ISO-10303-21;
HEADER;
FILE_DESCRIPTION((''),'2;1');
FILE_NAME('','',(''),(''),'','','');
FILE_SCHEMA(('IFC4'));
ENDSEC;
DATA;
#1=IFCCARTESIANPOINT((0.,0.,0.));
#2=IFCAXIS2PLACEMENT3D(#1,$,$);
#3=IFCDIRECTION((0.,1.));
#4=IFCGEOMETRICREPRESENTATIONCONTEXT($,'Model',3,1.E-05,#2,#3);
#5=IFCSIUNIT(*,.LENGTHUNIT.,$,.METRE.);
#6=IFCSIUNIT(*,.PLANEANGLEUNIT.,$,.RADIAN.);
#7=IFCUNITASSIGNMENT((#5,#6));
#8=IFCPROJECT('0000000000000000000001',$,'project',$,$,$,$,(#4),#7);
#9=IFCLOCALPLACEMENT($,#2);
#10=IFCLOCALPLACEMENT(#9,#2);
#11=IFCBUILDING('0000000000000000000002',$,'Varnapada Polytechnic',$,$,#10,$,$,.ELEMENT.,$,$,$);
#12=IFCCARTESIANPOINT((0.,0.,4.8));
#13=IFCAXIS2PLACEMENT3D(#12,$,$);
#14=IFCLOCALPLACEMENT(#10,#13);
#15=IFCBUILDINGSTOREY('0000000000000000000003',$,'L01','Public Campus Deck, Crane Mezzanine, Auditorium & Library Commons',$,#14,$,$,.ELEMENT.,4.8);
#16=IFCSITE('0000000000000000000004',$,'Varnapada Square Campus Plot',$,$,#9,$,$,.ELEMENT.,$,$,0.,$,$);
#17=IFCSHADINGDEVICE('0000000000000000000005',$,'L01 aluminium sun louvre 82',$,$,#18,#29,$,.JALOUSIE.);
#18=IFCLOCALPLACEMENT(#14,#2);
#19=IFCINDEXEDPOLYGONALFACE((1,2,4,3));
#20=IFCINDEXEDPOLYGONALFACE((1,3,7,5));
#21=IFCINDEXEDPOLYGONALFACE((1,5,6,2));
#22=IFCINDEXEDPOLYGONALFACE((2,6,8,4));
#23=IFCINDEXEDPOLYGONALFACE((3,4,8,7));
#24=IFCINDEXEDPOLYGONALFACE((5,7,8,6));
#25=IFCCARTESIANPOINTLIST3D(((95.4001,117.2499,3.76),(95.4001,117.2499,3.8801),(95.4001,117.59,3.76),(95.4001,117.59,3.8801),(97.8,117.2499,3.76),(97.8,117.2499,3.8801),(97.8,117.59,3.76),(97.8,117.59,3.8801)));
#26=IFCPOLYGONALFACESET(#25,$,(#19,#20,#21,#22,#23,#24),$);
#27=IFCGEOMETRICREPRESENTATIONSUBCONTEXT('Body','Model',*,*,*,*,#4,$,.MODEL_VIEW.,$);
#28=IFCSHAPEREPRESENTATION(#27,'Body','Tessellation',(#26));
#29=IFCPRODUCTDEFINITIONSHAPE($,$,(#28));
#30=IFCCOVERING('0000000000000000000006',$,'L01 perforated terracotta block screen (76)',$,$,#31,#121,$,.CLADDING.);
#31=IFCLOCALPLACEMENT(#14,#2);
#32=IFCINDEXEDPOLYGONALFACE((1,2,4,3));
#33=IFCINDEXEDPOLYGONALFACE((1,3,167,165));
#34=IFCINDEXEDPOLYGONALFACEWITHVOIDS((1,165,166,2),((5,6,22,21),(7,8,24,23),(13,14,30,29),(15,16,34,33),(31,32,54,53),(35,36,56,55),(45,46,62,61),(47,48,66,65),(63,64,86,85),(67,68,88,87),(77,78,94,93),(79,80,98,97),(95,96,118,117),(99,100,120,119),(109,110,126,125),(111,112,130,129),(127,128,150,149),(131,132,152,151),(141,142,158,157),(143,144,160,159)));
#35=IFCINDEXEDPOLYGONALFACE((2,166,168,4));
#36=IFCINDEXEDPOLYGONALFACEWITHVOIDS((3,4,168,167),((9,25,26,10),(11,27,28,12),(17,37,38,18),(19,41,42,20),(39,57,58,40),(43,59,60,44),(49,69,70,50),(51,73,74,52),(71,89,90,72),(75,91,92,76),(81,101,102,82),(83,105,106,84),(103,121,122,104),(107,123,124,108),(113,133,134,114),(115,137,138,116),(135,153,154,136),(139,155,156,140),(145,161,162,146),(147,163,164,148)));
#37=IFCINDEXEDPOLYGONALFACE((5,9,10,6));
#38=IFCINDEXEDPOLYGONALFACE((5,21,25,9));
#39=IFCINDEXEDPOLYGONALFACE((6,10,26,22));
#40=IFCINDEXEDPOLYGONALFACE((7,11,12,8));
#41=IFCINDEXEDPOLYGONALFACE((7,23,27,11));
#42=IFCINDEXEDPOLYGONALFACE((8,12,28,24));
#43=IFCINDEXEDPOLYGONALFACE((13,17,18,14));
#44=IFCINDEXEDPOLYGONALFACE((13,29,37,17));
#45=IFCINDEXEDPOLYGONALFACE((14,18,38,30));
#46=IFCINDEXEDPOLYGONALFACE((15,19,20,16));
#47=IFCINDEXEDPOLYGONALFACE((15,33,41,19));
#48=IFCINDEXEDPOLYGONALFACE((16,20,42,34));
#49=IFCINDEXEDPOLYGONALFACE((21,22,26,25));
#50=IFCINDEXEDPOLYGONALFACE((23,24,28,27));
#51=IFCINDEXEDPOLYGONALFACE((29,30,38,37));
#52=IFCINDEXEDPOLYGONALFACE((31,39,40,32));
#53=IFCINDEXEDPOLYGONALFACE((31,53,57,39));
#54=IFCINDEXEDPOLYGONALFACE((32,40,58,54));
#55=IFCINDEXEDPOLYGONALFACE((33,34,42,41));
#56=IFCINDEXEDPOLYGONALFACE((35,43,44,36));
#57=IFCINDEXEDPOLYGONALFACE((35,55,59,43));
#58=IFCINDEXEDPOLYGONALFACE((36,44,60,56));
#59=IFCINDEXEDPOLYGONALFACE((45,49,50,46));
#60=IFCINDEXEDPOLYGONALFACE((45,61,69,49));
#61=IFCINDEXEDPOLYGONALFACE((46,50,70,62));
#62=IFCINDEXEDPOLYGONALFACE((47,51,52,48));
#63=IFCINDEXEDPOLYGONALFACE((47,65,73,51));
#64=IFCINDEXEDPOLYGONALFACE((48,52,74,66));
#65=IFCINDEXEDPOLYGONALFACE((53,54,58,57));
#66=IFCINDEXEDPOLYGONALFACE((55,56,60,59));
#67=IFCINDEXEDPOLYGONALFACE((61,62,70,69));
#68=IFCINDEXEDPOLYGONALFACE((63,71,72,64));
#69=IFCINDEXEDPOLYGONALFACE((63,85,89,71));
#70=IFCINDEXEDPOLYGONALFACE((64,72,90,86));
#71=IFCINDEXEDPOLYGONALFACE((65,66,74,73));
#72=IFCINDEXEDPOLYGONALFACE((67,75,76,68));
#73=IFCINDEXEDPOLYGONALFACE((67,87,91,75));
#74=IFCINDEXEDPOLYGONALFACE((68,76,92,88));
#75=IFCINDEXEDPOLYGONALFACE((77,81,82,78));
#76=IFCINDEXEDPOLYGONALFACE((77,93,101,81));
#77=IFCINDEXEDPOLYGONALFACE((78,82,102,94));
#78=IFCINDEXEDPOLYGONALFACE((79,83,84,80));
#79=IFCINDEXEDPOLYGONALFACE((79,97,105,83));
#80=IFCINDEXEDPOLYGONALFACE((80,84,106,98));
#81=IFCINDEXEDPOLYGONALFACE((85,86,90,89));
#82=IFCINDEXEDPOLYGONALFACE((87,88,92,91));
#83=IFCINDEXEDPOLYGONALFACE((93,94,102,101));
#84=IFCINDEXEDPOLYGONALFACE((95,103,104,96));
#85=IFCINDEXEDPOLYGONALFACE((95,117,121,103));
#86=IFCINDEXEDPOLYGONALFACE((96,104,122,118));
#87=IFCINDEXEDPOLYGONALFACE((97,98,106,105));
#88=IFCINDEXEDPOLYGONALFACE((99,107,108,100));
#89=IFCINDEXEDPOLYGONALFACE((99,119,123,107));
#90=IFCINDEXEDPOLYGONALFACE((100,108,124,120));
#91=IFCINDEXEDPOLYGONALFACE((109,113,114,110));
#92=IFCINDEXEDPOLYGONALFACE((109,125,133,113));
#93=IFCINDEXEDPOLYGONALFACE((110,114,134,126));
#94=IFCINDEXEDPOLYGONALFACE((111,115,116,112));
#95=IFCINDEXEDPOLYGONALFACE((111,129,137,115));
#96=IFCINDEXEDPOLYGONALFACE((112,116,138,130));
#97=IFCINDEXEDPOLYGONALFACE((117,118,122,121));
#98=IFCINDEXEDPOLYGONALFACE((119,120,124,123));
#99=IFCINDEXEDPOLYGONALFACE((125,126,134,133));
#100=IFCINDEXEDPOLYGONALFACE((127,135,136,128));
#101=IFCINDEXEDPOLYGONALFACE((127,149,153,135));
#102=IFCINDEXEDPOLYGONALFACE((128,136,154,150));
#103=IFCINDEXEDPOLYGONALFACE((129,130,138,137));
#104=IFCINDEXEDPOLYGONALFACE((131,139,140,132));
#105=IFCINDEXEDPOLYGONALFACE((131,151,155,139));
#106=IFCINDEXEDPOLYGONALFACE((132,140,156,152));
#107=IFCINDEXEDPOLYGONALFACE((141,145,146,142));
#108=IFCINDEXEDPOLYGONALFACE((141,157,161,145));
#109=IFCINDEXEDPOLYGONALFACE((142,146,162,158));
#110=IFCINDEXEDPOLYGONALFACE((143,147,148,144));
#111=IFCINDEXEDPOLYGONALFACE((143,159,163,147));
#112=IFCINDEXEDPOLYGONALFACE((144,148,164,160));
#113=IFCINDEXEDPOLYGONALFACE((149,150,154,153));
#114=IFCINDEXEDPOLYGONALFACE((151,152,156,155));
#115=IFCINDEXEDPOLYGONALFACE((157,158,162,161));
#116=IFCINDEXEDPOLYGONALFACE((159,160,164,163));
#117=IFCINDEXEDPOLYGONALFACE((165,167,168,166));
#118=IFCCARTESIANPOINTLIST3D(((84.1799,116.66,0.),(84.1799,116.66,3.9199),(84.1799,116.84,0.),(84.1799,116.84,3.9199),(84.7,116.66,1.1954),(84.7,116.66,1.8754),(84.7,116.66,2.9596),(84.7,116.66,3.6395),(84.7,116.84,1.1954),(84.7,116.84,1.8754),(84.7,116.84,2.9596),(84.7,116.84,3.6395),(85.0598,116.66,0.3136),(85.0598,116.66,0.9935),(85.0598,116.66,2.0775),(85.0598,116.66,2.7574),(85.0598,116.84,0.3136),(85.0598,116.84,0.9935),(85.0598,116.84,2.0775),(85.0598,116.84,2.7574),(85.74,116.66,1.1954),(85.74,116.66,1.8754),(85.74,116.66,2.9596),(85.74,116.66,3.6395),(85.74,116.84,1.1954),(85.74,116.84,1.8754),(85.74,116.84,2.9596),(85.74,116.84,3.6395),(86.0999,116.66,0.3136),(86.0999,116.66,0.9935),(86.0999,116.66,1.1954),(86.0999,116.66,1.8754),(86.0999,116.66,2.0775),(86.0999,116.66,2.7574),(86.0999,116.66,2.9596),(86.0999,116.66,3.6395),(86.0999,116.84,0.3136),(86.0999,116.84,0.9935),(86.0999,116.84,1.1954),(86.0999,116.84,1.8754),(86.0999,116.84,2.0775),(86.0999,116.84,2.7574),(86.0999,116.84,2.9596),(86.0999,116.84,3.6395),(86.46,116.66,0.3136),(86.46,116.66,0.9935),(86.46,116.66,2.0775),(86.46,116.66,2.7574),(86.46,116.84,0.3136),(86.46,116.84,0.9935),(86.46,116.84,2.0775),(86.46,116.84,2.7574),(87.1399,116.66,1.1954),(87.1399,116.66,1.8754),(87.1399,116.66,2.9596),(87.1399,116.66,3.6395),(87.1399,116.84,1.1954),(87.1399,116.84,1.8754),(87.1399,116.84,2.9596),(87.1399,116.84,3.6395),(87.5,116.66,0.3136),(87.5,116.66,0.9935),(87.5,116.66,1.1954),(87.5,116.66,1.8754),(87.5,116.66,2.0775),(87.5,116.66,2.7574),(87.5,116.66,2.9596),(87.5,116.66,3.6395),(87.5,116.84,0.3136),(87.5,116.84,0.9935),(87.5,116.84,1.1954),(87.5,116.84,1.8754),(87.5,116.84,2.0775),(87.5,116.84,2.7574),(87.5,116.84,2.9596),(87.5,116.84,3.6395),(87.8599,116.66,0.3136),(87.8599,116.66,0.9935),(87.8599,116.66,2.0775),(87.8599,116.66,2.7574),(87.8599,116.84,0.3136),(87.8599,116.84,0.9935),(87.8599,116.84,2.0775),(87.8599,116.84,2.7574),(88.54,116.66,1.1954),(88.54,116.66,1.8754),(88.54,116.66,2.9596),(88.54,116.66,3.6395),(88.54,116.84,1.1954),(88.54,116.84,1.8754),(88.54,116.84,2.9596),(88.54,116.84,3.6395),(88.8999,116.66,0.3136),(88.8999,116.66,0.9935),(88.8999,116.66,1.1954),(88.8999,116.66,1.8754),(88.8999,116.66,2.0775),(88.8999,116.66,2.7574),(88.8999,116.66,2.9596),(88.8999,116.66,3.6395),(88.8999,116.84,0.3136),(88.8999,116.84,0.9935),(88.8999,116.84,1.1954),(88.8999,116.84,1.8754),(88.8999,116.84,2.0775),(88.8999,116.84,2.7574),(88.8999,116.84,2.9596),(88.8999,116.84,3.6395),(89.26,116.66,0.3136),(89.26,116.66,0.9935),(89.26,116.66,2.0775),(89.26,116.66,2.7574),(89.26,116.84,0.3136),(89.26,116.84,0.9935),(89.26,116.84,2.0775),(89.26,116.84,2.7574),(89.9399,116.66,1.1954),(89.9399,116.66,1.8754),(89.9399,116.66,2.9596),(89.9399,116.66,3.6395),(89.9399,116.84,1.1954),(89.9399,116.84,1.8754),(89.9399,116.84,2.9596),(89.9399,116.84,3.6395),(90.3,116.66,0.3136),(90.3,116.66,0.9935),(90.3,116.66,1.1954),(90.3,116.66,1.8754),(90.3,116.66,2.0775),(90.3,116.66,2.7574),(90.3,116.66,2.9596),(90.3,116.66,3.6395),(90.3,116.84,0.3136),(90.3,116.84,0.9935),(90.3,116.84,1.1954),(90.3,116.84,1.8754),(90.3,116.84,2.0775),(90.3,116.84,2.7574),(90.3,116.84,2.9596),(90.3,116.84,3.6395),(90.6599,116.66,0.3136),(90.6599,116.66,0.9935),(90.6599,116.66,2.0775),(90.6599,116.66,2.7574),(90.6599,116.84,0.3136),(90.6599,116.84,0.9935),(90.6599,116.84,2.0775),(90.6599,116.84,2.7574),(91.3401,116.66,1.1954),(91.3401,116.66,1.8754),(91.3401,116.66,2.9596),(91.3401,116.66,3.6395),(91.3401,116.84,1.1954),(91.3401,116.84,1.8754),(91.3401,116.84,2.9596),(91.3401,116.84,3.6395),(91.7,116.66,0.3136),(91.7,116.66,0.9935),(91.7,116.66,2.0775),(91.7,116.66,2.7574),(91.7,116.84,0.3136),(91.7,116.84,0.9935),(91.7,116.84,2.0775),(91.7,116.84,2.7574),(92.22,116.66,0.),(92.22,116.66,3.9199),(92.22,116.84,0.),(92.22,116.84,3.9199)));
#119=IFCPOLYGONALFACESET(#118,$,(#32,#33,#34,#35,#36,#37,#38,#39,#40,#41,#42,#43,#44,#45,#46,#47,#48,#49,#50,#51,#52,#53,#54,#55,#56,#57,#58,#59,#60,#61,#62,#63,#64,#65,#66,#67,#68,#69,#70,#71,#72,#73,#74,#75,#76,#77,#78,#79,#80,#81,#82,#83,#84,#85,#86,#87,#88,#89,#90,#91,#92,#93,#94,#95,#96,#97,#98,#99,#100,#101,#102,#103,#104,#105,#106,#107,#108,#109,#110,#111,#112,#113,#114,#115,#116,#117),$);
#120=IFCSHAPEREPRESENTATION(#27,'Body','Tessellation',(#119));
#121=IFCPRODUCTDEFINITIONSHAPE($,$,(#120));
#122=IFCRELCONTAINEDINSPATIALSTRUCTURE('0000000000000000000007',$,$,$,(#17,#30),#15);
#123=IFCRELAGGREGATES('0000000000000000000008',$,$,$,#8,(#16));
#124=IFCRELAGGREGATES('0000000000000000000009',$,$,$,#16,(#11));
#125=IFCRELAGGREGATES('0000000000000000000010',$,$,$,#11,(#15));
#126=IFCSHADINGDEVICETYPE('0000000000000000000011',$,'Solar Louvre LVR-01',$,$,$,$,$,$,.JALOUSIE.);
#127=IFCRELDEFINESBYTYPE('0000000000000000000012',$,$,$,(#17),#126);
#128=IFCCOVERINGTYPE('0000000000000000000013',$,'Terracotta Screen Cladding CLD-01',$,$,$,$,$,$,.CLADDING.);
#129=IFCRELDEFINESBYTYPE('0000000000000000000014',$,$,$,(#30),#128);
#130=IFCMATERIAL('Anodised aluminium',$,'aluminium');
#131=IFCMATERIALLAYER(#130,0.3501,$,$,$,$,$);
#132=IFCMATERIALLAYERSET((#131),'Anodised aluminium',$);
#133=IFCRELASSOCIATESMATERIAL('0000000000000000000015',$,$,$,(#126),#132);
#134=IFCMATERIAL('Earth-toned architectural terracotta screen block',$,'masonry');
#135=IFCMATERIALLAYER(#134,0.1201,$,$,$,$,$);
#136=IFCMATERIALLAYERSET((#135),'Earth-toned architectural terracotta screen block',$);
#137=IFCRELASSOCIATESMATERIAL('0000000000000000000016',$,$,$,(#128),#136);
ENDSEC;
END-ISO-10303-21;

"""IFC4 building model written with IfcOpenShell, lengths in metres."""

from ifc_helpers import new_model, si_unit, direction, frame, frame_2d, origin, origin_2d, place, context, subcontext, project, spatial, rectangle, extrude, material, layer, layer_set, type_object, element, save


model = new_model("IFC4")

# Units and contexts
model_context = context("Model", 3, precision=1e-05, world=origin(), true_north=direction((0.0, 1.0)))
body_context = subcontext(model_context, "Body", "Model", "MODEL_VIEW")
ifc_project = project(units=[si_unit("LENGTHUNIT", "METRE"), si_unit("PLANEANGLEUNIT", "RADIAN")], contexts=[model_context])

# Site, building, storey
site_placement = place(None, origin())
site = spatial("IfcSite", under=ifc_project, at=site_placement, Name="Varnapada Square Campus Plot", CompositionType="ELEMENT", RefElevation=0.0)
building_placement = place(site_placement, origin())
building = spatial("IfcBuilding", under=site, at=building_placement, Name="Varnapada Polytechnic", CompositionType="ELEMENT")
storey_placement = place(building_placement, frame((0.0, 0.0, 4.8)))
storey = spatial("IfcBuildingStorey", under=building, at=storey_placement, Name="L01", Description="Public Campus Deck, Crane Mezzanine, Auditorium & Library Commons", CompositionType="ELEMENT", Elevation=4.8)

# Shading device
ifc_material_1 = material(Name="Anodised aluminium", Category="aluminium")
ifc_layer_1 = layer(ifc_material_1, 0.3501)
ifc_layer_set_1 = layer_set([ifc_layer_1], Name="Anodised aluminium")
shading_device_type_1 = type_object("IfcShadingDeviceType", Name="Solar Louvre LVR-01", PredefinedType="JALOUSIE", material=ifc_layer_set_1)
shading_device_1_placement = place(storey_placement, frame((96.6001, 117.4199, 3.76), z_axis=(0.0, 0.0, 1.0), x_axis=(-1.0, 0.0, 0.0)))
element("IfcShadingDevice", 1, at=shading_device_1_placement, inside=storey, type_object=shading_device_type_1, Name="L01 aluminium sun louvre 82", PredefinedType="JALOUSIE", context=body_context, shape_type="SweptSolid", body=[
    extrude(rectangle(XDim=2.3999, YDim=0.3401, at=origin_2d()), origin(), (0.0, 0.0, 1.0), 0.1201),
])

# Covering, openings
ifc_material_2 = material(Name="Earth-toned architectural terracotta screen block", Category="masonry")
ifc_layer_2 = layer(ifc_material_2, 0.1201)
ifc_layer_set_2 = layer_set([ifc_layer_2], Name="Earth-toned architectural terracotta screen block")
covering_type = type_object("IfcCoveringType", Name="Terracotta Screen Cladding CLD-01", PredefinedType="CLADDING", material=ifc_layer_set_2)
covering_placement = place(storey_placement, frame((92.22, 116.75, 0.0), z_axis=(0.0, 0.0, 1.0), x_axis=(-1.0, 0.0, 0.0)))
covering = element("IfcCovering", 2, at=covering_placement, inside=storey, type_object=covering_type, Name="L01 perforated terracotta block screen (76)", PredefinedType="CLADDING", context=body_context, shape_type="SweptSolid", body=[
    extrude(rectangle(XDim=8.04, YDim=0.1799, at=frame_2d((4.02, 0.0))), origin(), (0.0, 0.0, 1.0), 3.9199),
])
opening_1_placement = place(covering_placement, frame((0.52, 0.0, 0.3137)))
element("IfcOpeningElement", 3, at=opening_1_placement, cuts=covering, PredefinedType="OPENING", context=body_context, shape_type="SweptSolid", body=[
    extrude(rectangle(XDim=1.04, YDim=0.6799, at=frame_2d((0.52, 0.3398))), frame((0.0, 0.0999, 0.0), z_axis=(0.0, -1.0, 0.0), x_axis=(1.0, 0.0, 0.0)), (0.0, 0.0, 1.0), 0.2),
])
opening_2_placement = place(covering_placement, frame((1.9199, 0.0, 0.3137)))
element("IfcOpeningElement", 4, at=opening_2_placement, cuts=covering, PredefinedType="OPENING", context=body_context, shape_type="SweptSolid", body=[
    extrude(rectangle(XDim=1.04, YDim=0.6799, at=frame_2d((0.52, 0.3398))), frame((0.0, 0.0999, 0.0), z_axis=(0.0, -1.0, 0.0), x_axis=(1.0, 0.0, 0.0)), (0.0, 0.0, 1.0), 0.2),
])
opening_3_placement = place(covering_placement, frame((3.3201, 0.0, 0.3137)))
element("IfcOpeningElement", 5, at=opening_3_placement, cuts=covering, PredefinedType="OPENING", context=body_context, shape_type="SweptSolid", body=[
    extrude(rectangle(XDim=1.04, YDim=0.6799, at=frame_2d((0.52, 0.3398))), frame((0.0, 0.0999, 0.0), z_axis=(0.0, -1.0, 0.0), x_axis=(1.0, 0.0, 0.0)), (0.0, 0.0, 1.0), 0.2),
])
opening_4_placement = place(covering_placement, frame((4.72, 0.0, 0.3137)))
element("IfcOpeningElement", 6, at=opening_4_placement, cuts=covering, PredefinedType="OPENING", context=body_context, shape_type="SweptSolid", body=[
    extrude(rectangle(XDim=1.04, YDim=0.6799, at=frame_2d((0.52, 0.3398))), frame((0.0, 0.0999, 0.0), z_axis=(0.0, -1.0, 0.0), x_axis=(1.0, 0.0, 0.0)), (0.0, 0.0, 1.0), 0.2),
])
opening_5_placement = place(covering_placement, frame((6.1201, 0.0, 0.3137)))
element("IfcOpeningElement", 7, at=opening_5_placement, cuts=covering, PredefinedType="OPENING", context=body_context, shape_type="SweptSolid", body=[
    extrude(rectangle(XDim=1.04, YDim=0.6799, at=frame_2d((0.52, 0.3398))), frame((0.0, 0.0999, 0.0), z_axis=(0.0, -1.0, 0.0), x_axis=(1.0, 0.0, 0.0)), (0.0, 0.0, 1.0), 0.2),
])
opening_6_placement = place(covering_placement, frame((0.8799, 0.0, 1.1956)))
element("IfcOpeningElement", 8, at=opening_6_placement, cuts=covering, PredefinedType="OPENING", context=body_context, shape_type="SweptSolid", body=[
    extrude(rectangle(XDim=1.04, YDim=0.6799, at=frame_2d((0.52, 0.3398))), frame((0.0, 0.0999, 0.0), z_axis=(0.0, -1.0, 0.0), x_axis=(1.0, 0.0, 0.0)), (0.0, 0.0, 1.0), 0.2),
])
opening_7_placement = place(covering_placement, frame((2.28, 0.0, 1.1956)))
element("IfcOpeningElement", 9, at=opening_7_placement, cuts=covering, PredefinedType="OPENING", context=body_context, shape_type="SweptSolid", body=[
    extrude(rectangle(XDim=1.04, YDim=0.6799, at=frame_2d((0.52, 0.3398))), frame((0.0, 0.0999, 0.0), z_axis=(0.0, -1.0, 0.0), x_axis=(1.0, 0.0, 0.0)), (0.0, 0.0, 1.0), 0.2),
])
opening_8_placement = place(covering_placement, frame((3.6799, 0.0, 1.1956)))
element("IfcOpeningElement", 10, at=opening_8_placement, cuts=covering, PredefinedType="OPENING", context=body_context, shape_type="SweptSolid", body=[
    extrude(rectangle(XDim=1.04, YDim=0.6799, at=frame_2d((0.52, 0.3398))), frame((0.0, 0.0999, 0.0), z_axis=(0.0, -1.0, 0.0), x_axis=(1.0, 0.0, 0.0)), (0.0, 0.0, 1.0), 0.2),
])
opening_9_placement = place(covering_placement, frame((5.0801, 0.0, 1.1956)))
element("IfcOpeningElement", 11, at=opening_9_placement, cuts=covering, PredefinedType="OPENING", context=body_context, shape_type="SweptSolid", body=[
    extrude(rectangle(XDim=1.04, YDim=0.6799, at=frame_2d((0.52, 0.3398))), frame((0.0, 0.0999, 0.0), z_axis=(0.0, -1.0, 0.0), x_axis=(1.0, 0.0, 0.0)), (0.0, 0.0, 1.0), 0.2),
])
opening_10_placement = place(covering_placement, frame((6.48, 0.0, 1.1956)))
element("IfcOpeningElement", 12, at=opening_10_placement, cuts=covering, PredefinedType="OPENING", context=body_context, shape_type="SweptSolid", body=[
    extrude(rectangle(XDim=1.04, YDim=0.6799, at=frame_2d((0.52, 0.3398))), frame((0.0, 0.0999, 0.0), z_axis=(0.0, -1.0, 0.0), x_axis=(1.0, 0.0, 0.0)), (0.0, 0.0, 1.0), 0.2),
])
opening_11_placement = place(covering_placement, frame((0.52, 0.0, 2.0776)))
element("IfcOpeningElement", 13, at=opening_11_placement, cuts=covering, PredefinedType="OPENING", context=body_context, shape_type="SweptSolid", body=[
    extrude(rectangle(XDim=1.04, YDim=0.6799, at=frame_2d((0.52, 0.3398))), frame((0.0, 0.0999, 0.0), z_axis=(0.0, -1.0, 0.0), x_axis=(1.0, 0.0, 0.0)), (0.0, 0.0, 1.0), 0.2),
])
opening_12_placement = place(covering_placement, frame((1.9199, 0.0, 2.0776)))
element("IfcOpeningElement", 14, at=opening_12_placement, cuts=covering, PredefinedType="OPENING", context=body_context, shape_type="SweptSolid", body=[
    extrude(rectangle(XDim=1.04, YDim=0.6799, at=frame_2d((0.52, 0.3398))), frame((0.0, 0.0999, 0.0), z_axis=(0.0, -1.0, 0.0), x_axis=(1.0, 0.0, 0.0)), (0.0, 0.0, 1.0), 0.2),
])
opening_13_placement = place(covering_placement, frame((3.3201, 0.0, 2.0776)))
element("IfcOpeningElement", 15, at=opening_13_placement, cuts=covering, PredefinedType="OPENING", context=body_context, shape_type="SweptSolid", body=[
    extrude(rectangle(XDim=1.04, YDim=0.6799, at=frame_2d((0.52, 0.3398))), frame((0.0, 0.0999, 0.0), z_axis=(0.0, -1.0, 0.0), x_axis=(1.0, 0.0, 0.0)), (0.0, 0.0, 1.0), 0.2),
])
opening_14_placement = place(covering_placement, frame((4.72, 0.0, 2.0776)))
element("IfcOpeningElement", 16, at=opening_14_placement, cuts=covering, PredefinedType="OPENING", context=body_context, shape_type="SweptSolid", body=[
    extrude(rectangle(XDim=1.04, YDim=0.6799, at=frame_2d((0.52, 0.3398))), frame((0.0, 0.0999, 0.0), z_axis=(0.0, -1.0, 0.0), x_axis=(1.0, 0.0, 0.0)), (0.0, 0.0, 1.0), 0.2),
])
opening_15_placement = place(covering_placement, frame((6.1201, 0.0, 2.0776)))
element("IfcOpeningElement", 17, at=opening_15_placement, cuts=covering, PredefinedType="OPENING", context=body_context, shape_type="SweptSolid", body=[
    extrude(rectangle(XDim=1.04, YDim=0.6799, at=frame_2d((0.52, 0.3398))), frame((0.0, 0.0999, 0.0), z_axis=(0.0, -1.0, 0.0), x_axis=(1.0, 0.0, 0.0)), (0.0, 0.0, 1.0), 0.2),
])
opening_16_placement = place(covering_placement, frame((0.8799, 0.0, 2.9597)))
element("IfcOpeningElement", 18, at=opening_16_placement, cuts=covering, PredefinedType="OPENING", context=body_context, shape_type="SweptSolid", body=[
    extrude(rectangle(XDim=1.04, YDim=0.6799, at=frame_2d((0.52, 0.3398))), frame((0.0, 0.0999, 0.0), z_axis=(0.0, -1.0, 0.0), x_axis=(1.0, 0.0, 0.0)), (0.0, 0.0, 1.0), 0.2),
])
opening_17_placement = place(covering_placement, frame((2.28, 0.0, 2.9597)))
element("IfcOpeningElement", 19, at=opening_17_placement, cuts=covering, PredefinedType="OPENING", context=body_context, shape_type="SweptSolid", body=[
    extrude(rectangle(XDim=1.04, YDim=0.6799, at=frame_2d((0.52, 0.3398))), frame((0.0, 0.0999, 0.0), z_axis=(0.0, -1.0, 0.0), x_axis=(1.0, 0.0, 0.0)), (0.0, 0.0, 1.0), 0.2),
])
opening_18_placement = place(covering_placement, frame((3.6799, 0.0, 2.9597)))
element("IfcOpeningElement", 20, at=opening_18_placement, cuts=covering, PredefinedType="OPENING", context=body_context, shape_type="SweptSolid", body=[
    extrude(rectangle(XDim=1.04, YDim=0.6799, at=frame_2d((0.52, 0.3398))), frame((0.0, 0.0999, 0.0), z_axis=(0.0, -1.0, 0.0), x_axis=(1.0, 0.0, 0.0)), (0.0, 0.0, 1.0), 0.2),
])
opening_19_placement = place(covering_placement, frame((5.0801, 0.0, 2.9597)))
element("IfcOpeningElement", 21, at=opening_19_placement, cuts=covering, PredefinedType="OPENING", context=body_context, shape_type="SweptSolid", body=[
    extrude(rectangle(XDim=1.04, YDim=0.6799, at=frame_2d((0.52, 0.3398))), frame((0.0, 0.0999, 0.0), z_axis=(0.0, -1.0, 0.0), x_axis=(1.0, 0.0, 0.0)), (0.0, 0.0, 1.0), 0.2),
])
opening_20_placement = place(covering_placement, frame((6.48, 0.0, 2.9597)))
element("IfcOpeningElement", 22, at=opening_20_placement, cuts=covering, PredefinedType="OPENING", context=body_context, shape_type="SweptSolid", body=[
    extrude(rectangle(XDim=1.04, YDim=0.6799, at=frame_2d((0.52, 0.3398))), frame((0.0, 0.0999, 0.0), z_axis=(0.0, -1.0, 0.0), x_axis=(1.0, 0.0, 0.0)), (0.0, 0.0, 1.0), 0.2),
])

save(model, "model.ifc")
